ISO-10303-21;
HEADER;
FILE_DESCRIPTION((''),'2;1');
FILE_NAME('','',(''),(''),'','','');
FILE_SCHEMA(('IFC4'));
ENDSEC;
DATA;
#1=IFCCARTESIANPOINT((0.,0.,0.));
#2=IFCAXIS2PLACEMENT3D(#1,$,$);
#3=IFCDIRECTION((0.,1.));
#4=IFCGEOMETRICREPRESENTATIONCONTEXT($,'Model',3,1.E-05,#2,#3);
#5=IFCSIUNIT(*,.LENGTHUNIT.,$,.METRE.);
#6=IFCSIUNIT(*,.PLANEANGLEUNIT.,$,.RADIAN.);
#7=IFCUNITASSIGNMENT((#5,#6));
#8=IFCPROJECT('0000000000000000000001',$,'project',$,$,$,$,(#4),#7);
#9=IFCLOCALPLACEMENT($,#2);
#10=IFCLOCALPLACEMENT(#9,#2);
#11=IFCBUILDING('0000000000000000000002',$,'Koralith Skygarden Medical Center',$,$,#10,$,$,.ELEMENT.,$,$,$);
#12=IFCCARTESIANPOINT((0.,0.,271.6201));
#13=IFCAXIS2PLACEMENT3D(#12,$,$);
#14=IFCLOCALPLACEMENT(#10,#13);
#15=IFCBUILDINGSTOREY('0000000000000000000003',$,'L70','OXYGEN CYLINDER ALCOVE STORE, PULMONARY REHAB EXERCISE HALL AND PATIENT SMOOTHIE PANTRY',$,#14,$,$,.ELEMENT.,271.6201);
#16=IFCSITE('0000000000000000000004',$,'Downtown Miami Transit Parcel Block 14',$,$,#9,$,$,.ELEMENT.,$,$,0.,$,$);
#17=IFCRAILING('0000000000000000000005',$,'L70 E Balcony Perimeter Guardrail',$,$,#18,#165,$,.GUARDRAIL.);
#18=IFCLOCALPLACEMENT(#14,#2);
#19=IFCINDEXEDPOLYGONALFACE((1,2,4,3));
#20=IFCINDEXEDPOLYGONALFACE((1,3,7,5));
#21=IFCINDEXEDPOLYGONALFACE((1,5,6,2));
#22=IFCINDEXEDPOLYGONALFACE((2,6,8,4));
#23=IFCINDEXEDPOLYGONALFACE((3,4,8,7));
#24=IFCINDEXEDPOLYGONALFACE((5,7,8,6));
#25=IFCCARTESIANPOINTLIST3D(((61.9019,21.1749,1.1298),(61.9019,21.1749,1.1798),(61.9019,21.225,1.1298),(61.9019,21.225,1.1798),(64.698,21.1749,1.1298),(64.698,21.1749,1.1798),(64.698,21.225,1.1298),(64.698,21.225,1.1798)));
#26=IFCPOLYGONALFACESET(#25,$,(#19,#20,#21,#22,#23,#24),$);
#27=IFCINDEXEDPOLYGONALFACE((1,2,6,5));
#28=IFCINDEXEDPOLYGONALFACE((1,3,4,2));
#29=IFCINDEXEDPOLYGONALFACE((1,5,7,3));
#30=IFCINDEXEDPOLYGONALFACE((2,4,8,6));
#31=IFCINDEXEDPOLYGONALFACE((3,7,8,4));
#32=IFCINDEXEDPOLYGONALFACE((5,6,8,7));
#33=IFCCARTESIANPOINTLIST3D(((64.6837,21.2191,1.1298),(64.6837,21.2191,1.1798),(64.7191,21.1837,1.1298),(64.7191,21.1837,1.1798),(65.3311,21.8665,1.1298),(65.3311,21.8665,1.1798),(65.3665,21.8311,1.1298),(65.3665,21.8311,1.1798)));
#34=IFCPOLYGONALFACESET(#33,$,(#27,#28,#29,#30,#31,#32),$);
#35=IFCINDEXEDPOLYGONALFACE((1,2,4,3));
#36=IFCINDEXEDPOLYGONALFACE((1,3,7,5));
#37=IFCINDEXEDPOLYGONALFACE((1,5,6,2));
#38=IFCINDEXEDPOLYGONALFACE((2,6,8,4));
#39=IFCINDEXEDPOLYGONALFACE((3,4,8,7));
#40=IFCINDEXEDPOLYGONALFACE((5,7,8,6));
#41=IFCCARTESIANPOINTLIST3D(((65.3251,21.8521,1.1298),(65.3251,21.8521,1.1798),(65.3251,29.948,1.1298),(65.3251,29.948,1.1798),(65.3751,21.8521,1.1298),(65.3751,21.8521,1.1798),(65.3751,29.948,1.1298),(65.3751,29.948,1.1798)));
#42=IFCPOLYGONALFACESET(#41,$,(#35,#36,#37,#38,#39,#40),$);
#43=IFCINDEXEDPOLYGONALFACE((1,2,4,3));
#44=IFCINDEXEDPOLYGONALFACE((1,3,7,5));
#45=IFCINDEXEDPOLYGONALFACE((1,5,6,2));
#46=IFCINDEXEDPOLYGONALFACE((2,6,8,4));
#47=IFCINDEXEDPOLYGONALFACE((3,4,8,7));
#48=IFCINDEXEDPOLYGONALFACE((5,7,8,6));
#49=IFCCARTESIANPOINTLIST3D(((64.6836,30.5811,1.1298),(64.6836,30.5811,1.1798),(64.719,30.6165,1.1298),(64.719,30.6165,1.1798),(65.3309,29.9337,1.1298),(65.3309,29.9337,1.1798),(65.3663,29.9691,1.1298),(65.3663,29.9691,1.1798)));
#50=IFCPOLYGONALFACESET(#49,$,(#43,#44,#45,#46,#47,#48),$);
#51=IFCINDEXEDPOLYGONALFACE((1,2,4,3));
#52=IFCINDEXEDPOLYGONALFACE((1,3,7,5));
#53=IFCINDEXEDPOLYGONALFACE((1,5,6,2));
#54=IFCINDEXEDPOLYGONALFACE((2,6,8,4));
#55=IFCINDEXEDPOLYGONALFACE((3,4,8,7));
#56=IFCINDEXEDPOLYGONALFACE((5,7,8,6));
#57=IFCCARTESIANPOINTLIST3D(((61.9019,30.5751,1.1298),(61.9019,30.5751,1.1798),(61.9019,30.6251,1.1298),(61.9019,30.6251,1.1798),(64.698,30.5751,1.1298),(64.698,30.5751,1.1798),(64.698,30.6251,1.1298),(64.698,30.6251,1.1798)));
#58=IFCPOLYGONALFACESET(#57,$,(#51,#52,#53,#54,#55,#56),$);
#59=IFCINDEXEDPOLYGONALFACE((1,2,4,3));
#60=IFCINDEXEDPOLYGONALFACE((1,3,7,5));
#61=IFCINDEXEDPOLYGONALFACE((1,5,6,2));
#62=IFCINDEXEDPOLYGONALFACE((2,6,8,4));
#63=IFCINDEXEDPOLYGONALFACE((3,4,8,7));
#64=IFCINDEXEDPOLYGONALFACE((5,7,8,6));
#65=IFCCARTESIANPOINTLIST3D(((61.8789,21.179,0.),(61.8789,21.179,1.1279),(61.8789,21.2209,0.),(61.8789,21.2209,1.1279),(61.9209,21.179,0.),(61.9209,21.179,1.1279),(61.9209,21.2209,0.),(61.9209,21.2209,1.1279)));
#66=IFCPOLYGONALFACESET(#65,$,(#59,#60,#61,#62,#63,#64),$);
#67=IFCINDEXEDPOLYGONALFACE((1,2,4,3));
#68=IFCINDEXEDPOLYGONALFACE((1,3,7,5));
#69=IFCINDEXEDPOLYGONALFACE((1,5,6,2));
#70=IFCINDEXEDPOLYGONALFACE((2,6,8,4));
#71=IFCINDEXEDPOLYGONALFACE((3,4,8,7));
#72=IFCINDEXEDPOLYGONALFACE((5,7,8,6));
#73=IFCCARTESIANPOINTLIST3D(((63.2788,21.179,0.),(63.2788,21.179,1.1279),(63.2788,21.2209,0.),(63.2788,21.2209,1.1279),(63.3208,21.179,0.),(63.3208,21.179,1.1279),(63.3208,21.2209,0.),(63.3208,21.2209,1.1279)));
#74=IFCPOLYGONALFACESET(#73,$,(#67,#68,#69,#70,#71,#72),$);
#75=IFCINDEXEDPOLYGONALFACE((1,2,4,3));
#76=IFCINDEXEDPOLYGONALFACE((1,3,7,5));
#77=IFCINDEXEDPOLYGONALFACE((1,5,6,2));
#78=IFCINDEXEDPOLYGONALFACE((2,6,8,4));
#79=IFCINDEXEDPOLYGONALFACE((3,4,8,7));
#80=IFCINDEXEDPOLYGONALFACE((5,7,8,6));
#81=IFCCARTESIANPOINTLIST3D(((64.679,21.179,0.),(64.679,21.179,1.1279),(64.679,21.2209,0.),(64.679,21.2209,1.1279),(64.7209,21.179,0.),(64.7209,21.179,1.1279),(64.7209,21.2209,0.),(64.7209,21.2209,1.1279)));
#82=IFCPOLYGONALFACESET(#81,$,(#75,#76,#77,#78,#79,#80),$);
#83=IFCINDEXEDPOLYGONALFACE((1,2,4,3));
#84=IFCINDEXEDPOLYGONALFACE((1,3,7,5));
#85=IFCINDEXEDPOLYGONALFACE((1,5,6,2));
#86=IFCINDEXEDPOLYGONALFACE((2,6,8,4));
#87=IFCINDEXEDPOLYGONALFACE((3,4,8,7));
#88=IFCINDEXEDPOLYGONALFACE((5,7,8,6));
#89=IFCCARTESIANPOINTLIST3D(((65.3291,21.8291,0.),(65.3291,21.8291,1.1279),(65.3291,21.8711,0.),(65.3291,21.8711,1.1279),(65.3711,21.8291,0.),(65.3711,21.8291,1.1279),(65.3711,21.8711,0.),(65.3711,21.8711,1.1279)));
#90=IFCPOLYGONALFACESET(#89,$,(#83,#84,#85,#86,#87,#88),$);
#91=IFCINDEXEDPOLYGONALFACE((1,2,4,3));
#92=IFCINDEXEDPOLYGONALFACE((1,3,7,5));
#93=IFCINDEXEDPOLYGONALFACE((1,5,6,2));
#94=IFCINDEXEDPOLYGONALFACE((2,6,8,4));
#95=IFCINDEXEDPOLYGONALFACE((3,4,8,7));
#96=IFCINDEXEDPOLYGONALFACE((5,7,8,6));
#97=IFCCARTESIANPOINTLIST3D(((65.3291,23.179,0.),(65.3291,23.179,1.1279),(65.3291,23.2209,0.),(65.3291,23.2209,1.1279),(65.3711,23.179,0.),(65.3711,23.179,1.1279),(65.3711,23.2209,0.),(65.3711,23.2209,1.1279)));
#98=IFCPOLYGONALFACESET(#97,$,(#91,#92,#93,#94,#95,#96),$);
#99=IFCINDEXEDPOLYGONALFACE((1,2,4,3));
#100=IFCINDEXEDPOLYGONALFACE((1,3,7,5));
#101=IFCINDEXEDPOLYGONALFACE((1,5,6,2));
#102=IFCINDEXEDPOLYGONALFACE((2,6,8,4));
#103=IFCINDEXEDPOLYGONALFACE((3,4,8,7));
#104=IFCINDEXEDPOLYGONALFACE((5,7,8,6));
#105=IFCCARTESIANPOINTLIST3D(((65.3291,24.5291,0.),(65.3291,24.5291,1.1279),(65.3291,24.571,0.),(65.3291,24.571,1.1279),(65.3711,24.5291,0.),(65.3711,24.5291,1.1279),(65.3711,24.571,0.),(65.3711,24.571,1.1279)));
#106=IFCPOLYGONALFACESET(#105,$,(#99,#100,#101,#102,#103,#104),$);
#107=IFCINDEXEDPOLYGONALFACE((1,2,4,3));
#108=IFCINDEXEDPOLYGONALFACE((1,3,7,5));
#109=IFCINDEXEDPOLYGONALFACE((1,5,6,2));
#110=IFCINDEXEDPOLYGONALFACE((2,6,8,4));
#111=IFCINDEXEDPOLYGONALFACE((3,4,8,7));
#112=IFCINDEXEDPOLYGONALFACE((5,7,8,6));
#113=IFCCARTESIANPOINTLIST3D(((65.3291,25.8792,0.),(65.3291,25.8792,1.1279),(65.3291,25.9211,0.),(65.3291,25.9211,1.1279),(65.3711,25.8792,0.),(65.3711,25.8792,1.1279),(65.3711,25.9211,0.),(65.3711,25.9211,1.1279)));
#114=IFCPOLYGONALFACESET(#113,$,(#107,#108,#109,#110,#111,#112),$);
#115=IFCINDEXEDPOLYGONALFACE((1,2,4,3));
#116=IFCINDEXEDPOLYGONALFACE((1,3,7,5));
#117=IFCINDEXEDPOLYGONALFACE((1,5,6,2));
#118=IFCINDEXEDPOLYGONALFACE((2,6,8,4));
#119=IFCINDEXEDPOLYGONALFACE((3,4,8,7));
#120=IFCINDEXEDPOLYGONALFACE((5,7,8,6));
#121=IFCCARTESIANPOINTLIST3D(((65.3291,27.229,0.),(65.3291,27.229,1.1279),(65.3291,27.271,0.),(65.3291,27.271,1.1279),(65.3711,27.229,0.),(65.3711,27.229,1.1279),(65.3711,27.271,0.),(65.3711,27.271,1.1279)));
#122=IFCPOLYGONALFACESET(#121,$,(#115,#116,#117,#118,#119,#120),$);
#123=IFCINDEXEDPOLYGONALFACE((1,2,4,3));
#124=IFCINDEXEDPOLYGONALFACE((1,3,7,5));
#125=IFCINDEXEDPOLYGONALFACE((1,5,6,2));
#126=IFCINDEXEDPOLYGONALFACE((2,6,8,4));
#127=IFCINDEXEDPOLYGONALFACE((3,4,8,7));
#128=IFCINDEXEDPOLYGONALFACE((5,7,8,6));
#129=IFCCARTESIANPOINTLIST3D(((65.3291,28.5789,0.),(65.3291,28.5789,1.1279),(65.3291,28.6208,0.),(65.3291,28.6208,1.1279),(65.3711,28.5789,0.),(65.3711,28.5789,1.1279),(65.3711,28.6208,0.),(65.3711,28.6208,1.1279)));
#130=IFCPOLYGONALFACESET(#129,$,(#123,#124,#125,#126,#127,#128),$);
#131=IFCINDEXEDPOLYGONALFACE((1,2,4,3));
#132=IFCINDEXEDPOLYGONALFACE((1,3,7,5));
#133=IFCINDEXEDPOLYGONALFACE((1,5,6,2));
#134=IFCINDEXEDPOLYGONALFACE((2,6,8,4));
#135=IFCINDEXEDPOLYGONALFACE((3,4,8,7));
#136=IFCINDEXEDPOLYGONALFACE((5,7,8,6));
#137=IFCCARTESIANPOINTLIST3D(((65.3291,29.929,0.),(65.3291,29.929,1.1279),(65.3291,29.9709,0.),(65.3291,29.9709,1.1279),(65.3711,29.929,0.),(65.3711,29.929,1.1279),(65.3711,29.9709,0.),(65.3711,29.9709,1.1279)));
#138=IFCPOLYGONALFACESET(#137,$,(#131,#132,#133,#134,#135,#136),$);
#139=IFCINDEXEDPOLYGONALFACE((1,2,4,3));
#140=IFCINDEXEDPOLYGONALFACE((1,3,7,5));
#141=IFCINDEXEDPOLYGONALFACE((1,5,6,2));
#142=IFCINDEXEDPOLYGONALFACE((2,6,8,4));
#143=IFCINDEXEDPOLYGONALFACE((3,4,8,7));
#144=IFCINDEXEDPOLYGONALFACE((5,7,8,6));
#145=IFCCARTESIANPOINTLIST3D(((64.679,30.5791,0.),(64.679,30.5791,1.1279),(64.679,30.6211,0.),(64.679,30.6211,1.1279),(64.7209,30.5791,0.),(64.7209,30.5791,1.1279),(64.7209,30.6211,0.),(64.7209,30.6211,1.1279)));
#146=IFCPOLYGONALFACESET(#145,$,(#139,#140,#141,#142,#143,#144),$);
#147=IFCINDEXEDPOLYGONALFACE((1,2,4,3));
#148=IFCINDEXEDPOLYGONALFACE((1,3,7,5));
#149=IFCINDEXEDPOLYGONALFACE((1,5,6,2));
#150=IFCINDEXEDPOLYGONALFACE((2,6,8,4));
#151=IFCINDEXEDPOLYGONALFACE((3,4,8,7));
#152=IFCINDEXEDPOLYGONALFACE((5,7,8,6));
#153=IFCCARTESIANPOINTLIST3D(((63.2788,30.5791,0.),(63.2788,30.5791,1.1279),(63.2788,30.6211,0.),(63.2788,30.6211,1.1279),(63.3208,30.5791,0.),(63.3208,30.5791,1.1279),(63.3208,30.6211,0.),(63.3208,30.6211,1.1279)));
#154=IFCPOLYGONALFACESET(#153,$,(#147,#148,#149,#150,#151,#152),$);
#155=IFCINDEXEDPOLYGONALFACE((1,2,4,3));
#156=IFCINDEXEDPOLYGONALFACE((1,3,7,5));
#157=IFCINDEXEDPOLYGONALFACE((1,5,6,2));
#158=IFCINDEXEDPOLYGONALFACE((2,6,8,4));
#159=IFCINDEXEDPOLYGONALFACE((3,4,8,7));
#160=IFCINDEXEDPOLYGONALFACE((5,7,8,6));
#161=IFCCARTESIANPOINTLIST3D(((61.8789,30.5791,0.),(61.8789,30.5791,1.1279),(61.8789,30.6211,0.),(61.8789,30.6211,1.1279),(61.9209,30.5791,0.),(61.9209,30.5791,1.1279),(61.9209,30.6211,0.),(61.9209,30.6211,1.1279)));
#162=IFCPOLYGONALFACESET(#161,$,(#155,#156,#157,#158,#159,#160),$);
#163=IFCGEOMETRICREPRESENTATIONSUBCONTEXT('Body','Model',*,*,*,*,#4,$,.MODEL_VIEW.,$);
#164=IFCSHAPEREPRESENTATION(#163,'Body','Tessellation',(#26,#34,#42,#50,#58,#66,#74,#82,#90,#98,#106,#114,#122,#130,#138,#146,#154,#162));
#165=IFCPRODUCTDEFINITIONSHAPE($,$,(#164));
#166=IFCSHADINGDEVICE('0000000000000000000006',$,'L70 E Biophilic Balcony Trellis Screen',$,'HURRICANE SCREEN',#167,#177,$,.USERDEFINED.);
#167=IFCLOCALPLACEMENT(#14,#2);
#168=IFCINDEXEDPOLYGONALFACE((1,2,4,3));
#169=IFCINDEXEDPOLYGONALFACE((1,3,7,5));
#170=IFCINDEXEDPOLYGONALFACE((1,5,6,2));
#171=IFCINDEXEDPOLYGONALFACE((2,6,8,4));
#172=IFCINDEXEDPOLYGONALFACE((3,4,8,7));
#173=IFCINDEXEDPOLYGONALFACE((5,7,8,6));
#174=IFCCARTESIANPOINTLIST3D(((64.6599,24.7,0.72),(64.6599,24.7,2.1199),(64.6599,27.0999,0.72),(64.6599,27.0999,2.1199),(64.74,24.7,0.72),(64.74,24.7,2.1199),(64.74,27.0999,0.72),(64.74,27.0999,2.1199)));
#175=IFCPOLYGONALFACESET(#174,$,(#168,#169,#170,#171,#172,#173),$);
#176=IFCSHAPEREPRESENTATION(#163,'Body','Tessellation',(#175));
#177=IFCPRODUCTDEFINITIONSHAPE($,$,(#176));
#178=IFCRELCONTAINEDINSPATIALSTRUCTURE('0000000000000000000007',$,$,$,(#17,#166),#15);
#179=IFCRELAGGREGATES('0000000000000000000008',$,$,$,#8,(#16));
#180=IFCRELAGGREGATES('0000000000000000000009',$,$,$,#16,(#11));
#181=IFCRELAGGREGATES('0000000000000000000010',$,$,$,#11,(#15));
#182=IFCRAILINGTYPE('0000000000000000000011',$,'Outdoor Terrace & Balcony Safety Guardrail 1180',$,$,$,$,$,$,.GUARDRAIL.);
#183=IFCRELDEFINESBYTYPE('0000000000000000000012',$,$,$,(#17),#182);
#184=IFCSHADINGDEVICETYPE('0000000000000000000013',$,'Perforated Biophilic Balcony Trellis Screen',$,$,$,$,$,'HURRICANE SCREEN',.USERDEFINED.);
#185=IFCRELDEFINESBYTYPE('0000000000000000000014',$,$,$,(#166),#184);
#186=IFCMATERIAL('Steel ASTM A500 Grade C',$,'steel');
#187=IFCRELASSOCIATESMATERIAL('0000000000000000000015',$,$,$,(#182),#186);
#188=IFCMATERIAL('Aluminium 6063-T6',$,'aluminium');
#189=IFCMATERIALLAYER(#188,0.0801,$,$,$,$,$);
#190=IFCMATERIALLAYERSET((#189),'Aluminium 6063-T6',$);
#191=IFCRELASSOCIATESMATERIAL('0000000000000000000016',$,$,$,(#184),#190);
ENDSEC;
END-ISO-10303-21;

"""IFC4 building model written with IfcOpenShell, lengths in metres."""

from ifc_helpers import new_model, si_unit, direction, frame, origin, origin_2d, place, context, subcontext, project, spatial, rectangle, extrude, material, layer, layer_set, type_object, element, save


model = new_model("IFC4")

# Units and contexts
model_context = context("Model", 3, precision=1e-05, world=origin(), true_north=direction((0.0, 1.0)))
body_context = subcontext(model_context, "Body", "Model", "MODEL_VIEW")
ifc_project = project(units=[si_unit("LENGTHUNIT", "METRE"), si_unit("PLANEANGLEUNIT", "RADIAN")], contexts=[model_context])

# Site, building, storey
site_placement = place(None, origin())
site = spatial("IfcSite", under=ifc_project, at=site_placement, Name="Downtown Miami Transit Parcel Block 14", CompositionType="ELEMENT", RefElevation=0.0)
building_placement = place(site_placement, origin())
building = spatial("IfcBuilding", under=site, at=building_placement, Name="Koralith Skygarden Medical Center", CompositionType="ELEMENT")
storey_placement = place(building_placement, frame((0.0, 0.0, 271.6201)))
storey = spatial("IfcBuildingStorey", under=building, at=storey_placement, Name="L70", Description="OXYGEN CYLINDER ALCOVE STORE, PULMONARY REHAB EXERCISE HALL AND PATIENT SMOOTHIE PANTRY", CompositionType="ELEMENT", Elevation=271.6201)

# Shared definitions
ifc_material_1 = material(Name="Aluminium 6063-T6", Category="aluminium")

# Railing
ifc_material_2 = material(Name="Steel ASTM A500 Grade C", Category="steel")
railing_type = type_object("IfcRailingType", Name="Outdoor Terrace & Balcony Safety Guardrail 1180", PredefinedType="GUARDRAIL", material=ifc_material_2)
railing_placement = place(storey_placement, frame((61.8999, 21.2, 0.0)))
element("IfcRailing", 1, at=railing_placement, inside=storey, type_object=railing_type, Name="L70 E Balcony Perimeter Guardrail", PredefinedType="GUARDRAIL", context=body_context, shape_type="SweptSolid", body=[
    extrude(rectangle(XDim=0.05, YDim=0.05, at=origin_2d()), frame((0.002, 0.0, 1.1548), z_axis=(1.0, 0.0, 0.0), x_axis=(0.0, 1.0, 0.0)), (0.0, 0.0, 1.0), 2.7961),
    extrude(rectangle(XDim=0.05, YDim=0.05, at=origin_2d()), frame((2.8015, 0.0015, 1.1548), z_axis=(0.707107, 0.707107, 0.0), x_axis=(-0.707107, 0.707107, 0.0)), (0.0, 0.0, 1.0), 0.9155),
    extrude(rectangle(XDim=0.05, YDim=0.05, at=origin_2d()), frame((3.4502, 0.6521, 1.1548), z_axis=(0.0, 1.0, 0.0), x_axis=(-1.0, 0.0, 0.0)), (0.0, 0.0, 1.0), 8.0959),
    extrude(rectangle(XDim=0.05, YDim=0.05, at=origin_2d()), frame((3.4487, 8.7515, 1.1548), z_axis=(-0.707107, 0.707107, 0.0), x_axis=(-0.707107, -0.707107, 0.0)), (0.0, 0.0, 1.0), 0.9155),
    extrude(rectangle(XDim=0.05, YDim=0.05, at=origin_2d()), frame((2.7981, 9.4001, 1.1548), z_axis=(-1.0, 0.0, 0.0), x_axis=(0.0, -1.0, 0.0)), (0.0, 0.0, 1.0), 2.7961),
    extrude(rectangle(XDim=0.042, YDim=0.042, at=origin_2d()), origin(), (0.0, 0.0, 1.0), 1.1279),
    extrude(rectangle(XDim=0.042, YDim=0.042, at=origin_2d()), frame((1.3999, 0.0, 0.0)), (0.0, 0.0, 1.0), 1.1279),
    extrude(rectangle(XDim=0.042, YDim=0.042, at=origin_2d()), frame((2.8, 0.0, 0.0)), (0.0, 0.0, 1.0), 1.1279),
    extrude(rectangle(XDim=0.042, YDim=0.042, at=origin_2d()), frame((3.4502, 0.6501, 0.0)), (0.0, 0.0, 1.0), 1.1279),
    extrude(rectangle(XDim=0.042, YDim=0.042, at=origin_2d()), frame((3.4502, 2.0, 0.0)), (0.0, 0.0, 1.0), 1.1279),
    extrude(rectangle(XDim=0.042, YDim=0.042, at=origin_2d()), frame((3.4502, 3.3501, 0.0)), (0.0, 0.0, 1.0), 1.1279),
    extrude(rectangle(XDim=0.042, YDim=0.042, at=origin_2d()), frame((3.4502, 4.7002, 0.0)), (0.0, 0.0, 1.0), 1.1279),
    extrude(rectangle(XDim=0.042, YDim=0.042, at=origin_2d()), frame((3.4502, 6.05, 0.0)), (0.0, 0.0, 1.0), 1.1279),
    extrude(rectangle(XDim=0.042, YDim=0.042, at=origin_2d()), frame((3.4502, 7.3999, 0.0)), (0.0, 0.0, 1.0), 1.1279),
    extrude(rectangle(XDim=0.042, YDim=0.042, at=origin_2d()), frame((3.4502, 8.75, 0.0)), (0.0, 0.0, 1.0), 1.1279),
    extrude(rectangle(XDim=0.042, YDim=0.042, at=origin_2d()), frame((2.8, 9.4001, 0.0)), (0.0, 0.0, 1.0), 1.1279),
    extrude(rectangle(XDim=0.042, YDim=0.042, at=origin_2d()), frame((1.3999, 9.4001, 0.0)), (0.0, 0.0, 1.0), 1.1279),
    extrude(rectangle(XDim=0.042, YDim=0.042, at=origin_2d()), frame((0.0, 9.4001, 0.0)), (0.0, 0.0, 1.0), 1.1279),
])

# Shading device
ifc_layer_1 = layer(ifc_material_1, 0.0801)
ifc_layer_set_1 = layer_set([ifc_layer_1], Name="Aluminium 6063-T6")
shading_device_type = type_object("IfcShadingDeviceType", Name="Perforated Biophilic Balcony Trellis Screen", ElementType="HURRICANE SCREEN", PredefinedType="USERDEFINED", material=ifc_layer_set_1)
shading_device_placement = place(storey_placement, frame((64.7, 25.8999, 0.72), z_axis=(0.0, 0.0, 1.0), x_axis=(0.0, 1.0, 0.0)))
element("IfcShadingDevice", 2, at=shading_device_placement, inside=storey, type_object=shading_device_type, Name="L70 E Biophilic Balcony Trellis Screen", ObjectType="HURRICANE SCREEN", PredefinedType="USERDEFINED", context=body_context, shape_type="SweptSolid", body=[
    extrude(rectangle(XDim=2.3999, YDim=0.0801, at=origin_2d()), origin(), (0.0, 0.0, 1.0), 1.3999),
])

save(model, "model.ifc")
